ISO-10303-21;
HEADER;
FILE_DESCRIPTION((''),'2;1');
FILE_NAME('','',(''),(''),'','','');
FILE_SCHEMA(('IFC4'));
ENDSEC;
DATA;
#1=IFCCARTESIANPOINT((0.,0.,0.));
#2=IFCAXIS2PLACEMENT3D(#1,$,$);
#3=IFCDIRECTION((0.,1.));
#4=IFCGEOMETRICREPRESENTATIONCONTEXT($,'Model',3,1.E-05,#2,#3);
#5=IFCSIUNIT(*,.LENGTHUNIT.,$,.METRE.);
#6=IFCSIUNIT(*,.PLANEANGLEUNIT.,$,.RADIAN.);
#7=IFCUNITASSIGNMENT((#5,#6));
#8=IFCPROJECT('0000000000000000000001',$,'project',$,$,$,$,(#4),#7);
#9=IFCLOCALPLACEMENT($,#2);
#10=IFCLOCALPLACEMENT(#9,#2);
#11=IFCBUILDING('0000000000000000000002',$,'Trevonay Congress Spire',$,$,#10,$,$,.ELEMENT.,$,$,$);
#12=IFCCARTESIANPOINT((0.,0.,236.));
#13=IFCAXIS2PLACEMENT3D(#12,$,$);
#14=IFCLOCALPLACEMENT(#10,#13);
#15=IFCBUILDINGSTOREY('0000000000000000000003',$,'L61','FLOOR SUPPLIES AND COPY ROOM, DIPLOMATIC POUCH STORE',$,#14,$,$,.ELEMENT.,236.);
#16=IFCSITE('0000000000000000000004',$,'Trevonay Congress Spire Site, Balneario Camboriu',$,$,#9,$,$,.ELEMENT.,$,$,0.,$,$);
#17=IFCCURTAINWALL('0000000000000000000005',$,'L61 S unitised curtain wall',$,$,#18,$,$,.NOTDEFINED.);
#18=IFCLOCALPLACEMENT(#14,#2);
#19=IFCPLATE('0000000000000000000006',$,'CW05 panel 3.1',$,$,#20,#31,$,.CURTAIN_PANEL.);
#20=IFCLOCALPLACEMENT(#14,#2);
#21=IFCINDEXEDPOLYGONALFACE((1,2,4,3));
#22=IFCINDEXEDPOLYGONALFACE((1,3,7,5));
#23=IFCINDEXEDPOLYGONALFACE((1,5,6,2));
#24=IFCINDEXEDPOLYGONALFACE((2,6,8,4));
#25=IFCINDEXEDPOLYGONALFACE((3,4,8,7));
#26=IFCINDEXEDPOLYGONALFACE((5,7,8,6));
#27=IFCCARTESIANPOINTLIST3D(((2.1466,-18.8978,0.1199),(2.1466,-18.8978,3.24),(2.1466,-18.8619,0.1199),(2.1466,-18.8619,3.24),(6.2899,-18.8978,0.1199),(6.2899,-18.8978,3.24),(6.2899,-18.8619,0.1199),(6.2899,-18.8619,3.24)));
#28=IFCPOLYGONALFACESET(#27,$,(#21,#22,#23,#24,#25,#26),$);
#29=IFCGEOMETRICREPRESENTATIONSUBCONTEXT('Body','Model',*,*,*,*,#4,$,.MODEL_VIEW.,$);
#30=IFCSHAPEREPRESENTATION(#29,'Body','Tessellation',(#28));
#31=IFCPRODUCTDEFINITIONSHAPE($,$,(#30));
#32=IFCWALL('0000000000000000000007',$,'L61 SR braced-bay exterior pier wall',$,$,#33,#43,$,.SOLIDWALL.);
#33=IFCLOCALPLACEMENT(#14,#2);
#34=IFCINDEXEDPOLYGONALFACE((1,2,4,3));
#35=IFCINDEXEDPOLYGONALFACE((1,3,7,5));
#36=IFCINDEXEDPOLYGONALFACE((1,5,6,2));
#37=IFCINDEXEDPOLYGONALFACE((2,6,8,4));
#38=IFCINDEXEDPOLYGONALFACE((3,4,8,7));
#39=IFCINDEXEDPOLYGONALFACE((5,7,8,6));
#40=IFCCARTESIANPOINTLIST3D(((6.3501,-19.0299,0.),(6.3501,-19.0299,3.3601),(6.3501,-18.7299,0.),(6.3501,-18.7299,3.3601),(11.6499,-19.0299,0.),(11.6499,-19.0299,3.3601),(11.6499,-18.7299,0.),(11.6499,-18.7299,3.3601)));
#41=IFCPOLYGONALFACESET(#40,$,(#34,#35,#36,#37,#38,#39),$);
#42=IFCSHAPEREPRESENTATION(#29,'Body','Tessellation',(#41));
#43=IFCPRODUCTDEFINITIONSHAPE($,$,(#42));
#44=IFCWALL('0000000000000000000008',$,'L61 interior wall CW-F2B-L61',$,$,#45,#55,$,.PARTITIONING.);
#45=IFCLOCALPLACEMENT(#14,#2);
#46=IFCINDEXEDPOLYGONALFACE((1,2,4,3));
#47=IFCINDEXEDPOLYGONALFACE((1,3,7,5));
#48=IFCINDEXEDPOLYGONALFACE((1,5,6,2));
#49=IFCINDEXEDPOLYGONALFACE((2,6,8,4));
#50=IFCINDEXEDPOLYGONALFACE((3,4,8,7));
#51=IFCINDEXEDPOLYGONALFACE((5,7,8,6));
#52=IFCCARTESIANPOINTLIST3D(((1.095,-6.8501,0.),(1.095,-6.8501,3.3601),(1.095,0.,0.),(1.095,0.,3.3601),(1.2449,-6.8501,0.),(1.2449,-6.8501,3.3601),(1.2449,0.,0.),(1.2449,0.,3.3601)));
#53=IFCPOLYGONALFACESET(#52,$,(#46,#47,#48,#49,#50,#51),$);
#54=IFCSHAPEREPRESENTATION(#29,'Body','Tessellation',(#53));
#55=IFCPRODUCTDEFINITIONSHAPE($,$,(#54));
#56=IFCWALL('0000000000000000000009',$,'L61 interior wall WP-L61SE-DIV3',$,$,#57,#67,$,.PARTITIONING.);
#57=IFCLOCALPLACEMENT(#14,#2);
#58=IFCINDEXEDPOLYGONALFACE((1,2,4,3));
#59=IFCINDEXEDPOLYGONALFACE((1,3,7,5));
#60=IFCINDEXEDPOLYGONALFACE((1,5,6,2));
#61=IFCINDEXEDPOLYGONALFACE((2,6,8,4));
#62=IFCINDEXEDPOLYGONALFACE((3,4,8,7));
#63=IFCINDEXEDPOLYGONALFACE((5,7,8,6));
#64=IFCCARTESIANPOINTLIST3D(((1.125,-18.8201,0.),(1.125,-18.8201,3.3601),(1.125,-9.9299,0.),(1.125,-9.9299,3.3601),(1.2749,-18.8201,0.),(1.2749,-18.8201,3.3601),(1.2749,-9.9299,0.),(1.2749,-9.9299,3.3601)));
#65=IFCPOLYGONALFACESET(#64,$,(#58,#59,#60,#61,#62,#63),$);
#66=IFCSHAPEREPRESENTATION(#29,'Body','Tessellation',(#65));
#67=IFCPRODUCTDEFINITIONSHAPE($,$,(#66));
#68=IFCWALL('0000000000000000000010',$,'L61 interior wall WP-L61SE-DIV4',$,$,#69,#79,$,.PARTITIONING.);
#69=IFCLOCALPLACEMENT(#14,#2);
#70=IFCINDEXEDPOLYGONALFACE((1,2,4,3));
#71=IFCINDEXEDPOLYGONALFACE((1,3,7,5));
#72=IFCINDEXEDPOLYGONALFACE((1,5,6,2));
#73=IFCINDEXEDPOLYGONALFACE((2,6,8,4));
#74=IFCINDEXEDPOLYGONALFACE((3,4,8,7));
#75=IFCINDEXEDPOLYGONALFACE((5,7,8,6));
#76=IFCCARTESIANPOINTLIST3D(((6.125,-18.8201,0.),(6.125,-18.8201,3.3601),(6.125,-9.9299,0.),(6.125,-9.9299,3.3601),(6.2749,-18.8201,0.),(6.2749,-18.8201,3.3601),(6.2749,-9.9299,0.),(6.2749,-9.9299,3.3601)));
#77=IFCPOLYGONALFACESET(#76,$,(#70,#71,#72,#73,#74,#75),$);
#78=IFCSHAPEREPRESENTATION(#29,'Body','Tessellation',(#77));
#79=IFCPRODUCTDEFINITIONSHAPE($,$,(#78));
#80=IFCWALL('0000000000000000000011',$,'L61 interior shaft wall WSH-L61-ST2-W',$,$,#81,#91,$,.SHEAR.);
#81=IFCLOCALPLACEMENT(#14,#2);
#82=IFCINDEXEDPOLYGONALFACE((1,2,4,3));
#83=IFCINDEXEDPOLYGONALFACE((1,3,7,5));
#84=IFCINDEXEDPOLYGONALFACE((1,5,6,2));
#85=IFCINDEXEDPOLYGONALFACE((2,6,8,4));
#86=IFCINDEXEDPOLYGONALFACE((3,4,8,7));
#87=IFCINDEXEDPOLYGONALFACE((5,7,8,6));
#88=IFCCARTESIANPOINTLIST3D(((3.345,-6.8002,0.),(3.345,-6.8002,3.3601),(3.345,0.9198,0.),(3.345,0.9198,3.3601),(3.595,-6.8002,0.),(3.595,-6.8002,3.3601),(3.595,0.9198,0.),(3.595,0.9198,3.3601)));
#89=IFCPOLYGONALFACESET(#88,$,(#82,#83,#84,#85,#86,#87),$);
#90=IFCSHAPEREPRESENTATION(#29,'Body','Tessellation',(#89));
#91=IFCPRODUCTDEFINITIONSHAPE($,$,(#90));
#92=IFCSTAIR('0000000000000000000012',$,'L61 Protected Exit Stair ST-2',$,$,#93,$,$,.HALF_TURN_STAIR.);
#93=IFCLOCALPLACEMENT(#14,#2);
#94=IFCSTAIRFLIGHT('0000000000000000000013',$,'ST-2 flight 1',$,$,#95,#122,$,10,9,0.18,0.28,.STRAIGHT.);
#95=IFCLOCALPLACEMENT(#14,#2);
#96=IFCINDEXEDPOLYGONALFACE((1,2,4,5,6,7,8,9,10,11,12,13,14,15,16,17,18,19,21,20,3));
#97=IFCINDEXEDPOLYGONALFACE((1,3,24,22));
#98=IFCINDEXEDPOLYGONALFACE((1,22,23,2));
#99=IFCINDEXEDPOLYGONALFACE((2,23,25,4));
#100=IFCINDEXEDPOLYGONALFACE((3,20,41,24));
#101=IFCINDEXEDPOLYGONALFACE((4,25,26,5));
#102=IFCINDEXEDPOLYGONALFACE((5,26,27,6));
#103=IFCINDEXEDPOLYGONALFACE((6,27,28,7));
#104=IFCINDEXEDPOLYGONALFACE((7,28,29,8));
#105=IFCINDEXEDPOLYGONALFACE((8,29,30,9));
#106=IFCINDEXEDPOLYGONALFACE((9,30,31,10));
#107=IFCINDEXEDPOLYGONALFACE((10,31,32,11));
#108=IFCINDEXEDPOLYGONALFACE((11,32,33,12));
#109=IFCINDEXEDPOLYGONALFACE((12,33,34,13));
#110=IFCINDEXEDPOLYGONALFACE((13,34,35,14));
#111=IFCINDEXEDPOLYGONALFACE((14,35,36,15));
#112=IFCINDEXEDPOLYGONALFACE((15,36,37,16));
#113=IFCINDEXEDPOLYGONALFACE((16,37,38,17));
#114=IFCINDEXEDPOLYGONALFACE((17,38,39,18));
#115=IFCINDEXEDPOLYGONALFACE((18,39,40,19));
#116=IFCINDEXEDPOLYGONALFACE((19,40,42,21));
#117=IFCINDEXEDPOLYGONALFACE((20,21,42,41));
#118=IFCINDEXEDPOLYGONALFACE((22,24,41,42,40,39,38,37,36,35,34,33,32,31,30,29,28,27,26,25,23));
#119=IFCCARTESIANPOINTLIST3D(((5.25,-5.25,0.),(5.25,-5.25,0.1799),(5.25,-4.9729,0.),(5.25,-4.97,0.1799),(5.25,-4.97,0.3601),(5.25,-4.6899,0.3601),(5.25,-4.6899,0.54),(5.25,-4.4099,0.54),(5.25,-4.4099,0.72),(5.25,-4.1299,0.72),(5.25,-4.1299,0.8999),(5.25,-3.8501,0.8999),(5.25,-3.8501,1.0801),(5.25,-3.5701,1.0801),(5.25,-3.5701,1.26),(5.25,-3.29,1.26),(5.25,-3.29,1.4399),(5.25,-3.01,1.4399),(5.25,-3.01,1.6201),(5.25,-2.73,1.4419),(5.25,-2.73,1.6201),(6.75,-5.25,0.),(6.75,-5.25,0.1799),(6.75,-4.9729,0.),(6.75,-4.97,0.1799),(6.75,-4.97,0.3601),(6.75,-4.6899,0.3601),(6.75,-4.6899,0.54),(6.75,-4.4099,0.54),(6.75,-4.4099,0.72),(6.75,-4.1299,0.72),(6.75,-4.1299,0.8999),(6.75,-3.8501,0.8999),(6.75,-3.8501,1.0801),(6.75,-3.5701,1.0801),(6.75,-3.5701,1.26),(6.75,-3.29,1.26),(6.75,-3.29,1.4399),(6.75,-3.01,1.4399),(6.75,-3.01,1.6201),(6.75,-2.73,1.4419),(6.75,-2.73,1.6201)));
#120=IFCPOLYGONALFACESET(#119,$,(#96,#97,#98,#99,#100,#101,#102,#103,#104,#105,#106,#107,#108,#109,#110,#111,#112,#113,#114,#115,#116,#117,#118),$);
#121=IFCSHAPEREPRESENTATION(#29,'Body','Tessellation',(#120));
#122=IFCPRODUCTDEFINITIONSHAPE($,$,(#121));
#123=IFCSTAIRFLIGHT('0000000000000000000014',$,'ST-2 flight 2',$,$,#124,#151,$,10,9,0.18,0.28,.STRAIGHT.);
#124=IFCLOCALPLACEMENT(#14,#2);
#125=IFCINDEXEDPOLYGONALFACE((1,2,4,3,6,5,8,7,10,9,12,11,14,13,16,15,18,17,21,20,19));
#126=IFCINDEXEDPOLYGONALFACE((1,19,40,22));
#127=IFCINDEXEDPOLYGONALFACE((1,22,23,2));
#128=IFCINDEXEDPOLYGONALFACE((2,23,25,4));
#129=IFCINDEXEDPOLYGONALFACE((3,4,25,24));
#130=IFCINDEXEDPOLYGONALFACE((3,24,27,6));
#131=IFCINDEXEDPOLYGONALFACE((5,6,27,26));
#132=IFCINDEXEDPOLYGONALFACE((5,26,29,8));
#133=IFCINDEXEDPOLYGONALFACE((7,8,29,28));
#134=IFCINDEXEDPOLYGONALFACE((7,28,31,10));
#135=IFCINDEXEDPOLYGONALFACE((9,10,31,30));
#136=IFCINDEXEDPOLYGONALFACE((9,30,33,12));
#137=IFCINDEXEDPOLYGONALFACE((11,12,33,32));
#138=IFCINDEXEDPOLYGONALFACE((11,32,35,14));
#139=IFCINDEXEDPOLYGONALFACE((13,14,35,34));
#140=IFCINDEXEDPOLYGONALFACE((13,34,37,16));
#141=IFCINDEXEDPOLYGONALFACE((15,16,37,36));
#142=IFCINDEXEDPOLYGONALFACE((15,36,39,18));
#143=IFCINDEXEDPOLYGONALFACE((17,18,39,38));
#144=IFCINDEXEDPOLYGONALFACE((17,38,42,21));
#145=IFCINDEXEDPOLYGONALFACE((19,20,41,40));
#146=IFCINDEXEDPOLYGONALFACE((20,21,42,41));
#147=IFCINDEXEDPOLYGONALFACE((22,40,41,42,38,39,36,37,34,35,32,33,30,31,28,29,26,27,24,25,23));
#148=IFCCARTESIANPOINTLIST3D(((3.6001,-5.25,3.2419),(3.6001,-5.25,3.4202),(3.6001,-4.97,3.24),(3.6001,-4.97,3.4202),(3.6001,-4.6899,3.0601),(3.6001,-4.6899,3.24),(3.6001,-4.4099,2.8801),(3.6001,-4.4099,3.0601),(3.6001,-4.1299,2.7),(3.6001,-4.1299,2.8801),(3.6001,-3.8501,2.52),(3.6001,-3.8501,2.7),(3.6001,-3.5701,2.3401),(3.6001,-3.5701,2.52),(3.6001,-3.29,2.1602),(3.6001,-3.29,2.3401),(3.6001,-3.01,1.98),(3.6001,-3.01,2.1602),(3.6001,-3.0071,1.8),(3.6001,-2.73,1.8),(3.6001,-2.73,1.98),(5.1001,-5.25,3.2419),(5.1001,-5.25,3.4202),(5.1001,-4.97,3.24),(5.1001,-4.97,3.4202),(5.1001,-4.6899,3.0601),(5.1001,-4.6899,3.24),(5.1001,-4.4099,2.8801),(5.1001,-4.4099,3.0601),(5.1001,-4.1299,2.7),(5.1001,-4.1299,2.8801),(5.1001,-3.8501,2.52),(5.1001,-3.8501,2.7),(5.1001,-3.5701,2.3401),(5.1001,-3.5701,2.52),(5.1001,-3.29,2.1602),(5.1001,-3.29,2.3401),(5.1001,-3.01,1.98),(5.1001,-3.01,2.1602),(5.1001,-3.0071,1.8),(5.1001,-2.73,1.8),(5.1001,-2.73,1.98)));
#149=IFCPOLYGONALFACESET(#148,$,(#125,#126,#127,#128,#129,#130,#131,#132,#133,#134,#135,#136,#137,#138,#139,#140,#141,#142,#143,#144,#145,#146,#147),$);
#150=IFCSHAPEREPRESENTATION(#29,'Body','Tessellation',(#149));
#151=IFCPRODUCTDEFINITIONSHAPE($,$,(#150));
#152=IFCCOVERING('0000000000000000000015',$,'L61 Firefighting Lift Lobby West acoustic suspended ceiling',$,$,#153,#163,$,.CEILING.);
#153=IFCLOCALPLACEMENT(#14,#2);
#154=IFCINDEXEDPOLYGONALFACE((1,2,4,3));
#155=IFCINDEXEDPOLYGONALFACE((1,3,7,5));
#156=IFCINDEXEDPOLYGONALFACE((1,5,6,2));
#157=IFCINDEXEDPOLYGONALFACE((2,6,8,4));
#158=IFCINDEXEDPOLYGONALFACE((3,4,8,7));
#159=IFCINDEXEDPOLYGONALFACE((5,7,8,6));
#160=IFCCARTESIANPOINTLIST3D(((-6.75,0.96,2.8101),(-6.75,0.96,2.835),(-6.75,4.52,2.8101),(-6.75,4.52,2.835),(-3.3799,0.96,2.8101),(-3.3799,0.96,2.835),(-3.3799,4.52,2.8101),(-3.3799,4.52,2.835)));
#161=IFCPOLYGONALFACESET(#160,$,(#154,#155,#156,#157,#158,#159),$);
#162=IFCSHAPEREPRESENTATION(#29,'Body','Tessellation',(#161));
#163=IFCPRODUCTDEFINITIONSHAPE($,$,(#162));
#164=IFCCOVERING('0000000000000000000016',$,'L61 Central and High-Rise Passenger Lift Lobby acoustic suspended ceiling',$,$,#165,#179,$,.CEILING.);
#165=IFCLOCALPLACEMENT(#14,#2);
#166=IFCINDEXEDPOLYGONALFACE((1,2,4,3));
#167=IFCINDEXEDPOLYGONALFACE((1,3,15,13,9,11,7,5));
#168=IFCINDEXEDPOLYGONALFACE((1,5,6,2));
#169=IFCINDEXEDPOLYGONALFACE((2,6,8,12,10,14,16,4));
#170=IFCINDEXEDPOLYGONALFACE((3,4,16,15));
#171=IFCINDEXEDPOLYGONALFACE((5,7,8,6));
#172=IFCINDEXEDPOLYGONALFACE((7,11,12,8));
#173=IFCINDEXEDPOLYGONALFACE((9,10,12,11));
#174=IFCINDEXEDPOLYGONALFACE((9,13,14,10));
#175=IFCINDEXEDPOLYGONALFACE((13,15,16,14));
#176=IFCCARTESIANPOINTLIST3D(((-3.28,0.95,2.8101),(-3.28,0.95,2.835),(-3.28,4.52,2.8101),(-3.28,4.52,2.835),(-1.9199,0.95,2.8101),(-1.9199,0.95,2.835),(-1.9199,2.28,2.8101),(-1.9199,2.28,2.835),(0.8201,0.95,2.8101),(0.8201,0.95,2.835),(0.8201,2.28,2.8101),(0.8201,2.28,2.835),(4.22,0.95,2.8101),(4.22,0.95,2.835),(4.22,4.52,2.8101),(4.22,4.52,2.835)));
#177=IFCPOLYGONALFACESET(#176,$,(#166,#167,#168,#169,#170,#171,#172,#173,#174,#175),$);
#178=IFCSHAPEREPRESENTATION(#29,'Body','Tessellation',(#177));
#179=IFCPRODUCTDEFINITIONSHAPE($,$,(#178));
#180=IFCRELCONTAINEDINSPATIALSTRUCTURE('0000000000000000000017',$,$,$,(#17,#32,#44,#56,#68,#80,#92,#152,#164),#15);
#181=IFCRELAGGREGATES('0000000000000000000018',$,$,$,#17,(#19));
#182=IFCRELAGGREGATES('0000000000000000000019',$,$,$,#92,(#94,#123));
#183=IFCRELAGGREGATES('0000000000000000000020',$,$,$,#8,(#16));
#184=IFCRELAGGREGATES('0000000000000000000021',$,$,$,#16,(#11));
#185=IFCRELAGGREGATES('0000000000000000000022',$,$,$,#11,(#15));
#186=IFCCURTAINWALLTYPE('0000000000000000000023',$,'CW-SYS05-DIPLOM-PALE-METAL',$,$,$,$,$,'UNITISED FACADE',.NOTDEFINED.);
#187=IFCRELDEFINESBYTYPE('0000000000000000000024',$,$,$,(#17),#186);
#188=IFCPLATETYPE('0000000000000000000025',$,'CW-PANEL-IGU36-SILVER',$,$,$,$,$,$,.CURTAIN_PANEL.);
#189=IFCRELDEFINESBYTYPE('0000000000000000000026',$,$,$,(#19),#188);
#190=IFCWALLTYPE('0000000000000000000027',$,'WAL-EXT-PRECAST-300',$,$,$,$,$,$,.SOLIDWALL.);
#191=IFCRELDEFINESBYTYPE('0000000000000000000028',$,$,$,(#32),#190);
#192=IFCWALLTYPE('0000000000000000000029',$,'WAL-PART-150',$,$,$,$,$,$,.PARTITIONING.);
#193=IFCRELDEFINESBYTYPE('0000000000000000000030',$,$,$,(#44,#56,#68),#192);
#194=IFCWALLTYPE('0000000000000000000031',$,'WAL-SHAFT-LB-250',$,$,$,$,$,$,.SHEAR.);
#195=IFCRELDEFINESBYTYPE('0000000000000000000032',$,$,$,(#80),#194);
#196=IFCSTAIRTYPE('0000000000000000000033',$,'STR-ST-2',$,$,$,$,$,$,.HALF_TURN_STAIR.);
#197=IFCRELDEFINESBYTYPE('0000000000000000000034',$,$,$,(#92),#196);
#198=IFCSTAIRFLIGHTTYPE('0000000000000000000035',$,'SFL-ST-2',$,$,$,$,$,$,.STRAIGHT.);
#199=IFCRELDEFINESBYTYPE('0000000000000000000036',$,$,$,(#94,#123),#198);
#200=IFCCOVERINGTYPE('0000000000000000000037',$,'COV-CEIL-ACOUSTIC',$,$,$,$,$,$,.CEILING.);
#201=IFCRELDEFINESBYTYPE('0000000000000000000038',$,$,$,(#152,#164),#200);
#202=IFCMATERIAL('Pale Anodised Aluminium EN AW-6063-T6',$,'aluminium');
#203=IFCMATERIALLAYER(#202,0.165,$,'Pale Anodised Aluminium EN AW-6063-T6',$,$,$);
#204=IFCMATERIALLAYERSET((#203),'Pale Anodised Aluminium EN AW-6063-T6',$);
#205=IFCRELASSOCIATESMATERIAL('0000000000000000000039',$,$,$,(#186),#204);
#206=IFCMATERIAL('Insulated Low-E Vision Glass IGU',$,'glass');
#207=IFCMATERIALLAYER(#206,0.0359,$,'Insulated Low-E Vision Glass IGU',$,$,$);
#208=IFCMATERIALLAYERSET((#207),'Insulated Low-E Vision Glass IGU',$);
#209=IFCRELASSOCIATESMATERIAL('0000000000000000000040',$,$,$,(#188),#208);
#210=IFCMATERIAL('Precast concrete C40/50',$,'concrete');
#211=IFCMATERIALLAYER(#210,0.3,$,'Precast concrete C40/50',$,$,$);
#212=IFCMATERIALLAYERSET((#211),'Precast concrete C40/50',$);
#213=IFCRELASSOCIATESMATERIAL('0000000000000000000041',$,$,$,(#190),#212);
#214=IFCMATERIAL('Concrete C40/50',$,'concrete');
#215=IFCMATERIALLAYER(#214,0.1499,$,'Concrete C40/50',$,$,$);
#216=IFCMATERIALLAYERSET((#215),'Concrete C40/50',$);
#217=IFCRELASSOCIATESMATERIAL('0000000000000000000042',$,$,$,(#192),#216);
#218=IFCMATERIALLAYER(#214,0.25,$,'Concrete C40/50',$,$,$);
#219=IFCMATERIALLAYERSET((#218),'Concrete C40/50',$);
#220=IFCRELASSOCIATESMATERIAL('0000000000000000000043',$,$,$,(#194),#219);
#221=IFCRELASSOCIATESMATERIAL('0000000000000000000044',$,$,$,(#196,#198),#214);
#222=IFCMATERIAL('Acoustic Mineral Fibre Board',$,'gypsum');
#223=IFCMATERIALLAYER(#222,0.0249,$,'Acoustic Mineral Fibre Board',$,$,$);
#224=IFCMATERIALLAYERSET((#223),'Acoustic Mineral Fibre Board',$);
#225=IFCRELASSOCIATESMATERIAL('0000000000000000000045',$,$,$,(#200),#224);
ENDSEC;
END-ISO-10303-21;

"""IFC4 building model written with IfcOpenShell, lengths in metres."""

from ifc_helpers import new_model, si_unit, direction, frame, frame_2d, origin, origin_2d, place, context, subcontext, project, spatial, polyline, rectangle, outline, extrude, material, layer, layer_set, type_object, element, aggregate, save


model = new_model("IFC4")

# Units and contexts
model_context = context("Model", 3, precision=1e-05, world=origin(), true_north=direction((0.0, 1.0)))
body_context = subcontext(model_context, "Body", "Model", "MODEL_VIEW")
ifc_project = project(units=[si_unit("LENGTHUNIT", "METRE"), si_unit("PLANEANGLEUNIT", "RADIAN")], contexts=[model_context])

# Site, building, storey
site_placement = place(None, origin())
site = spatial("IfcSite", under=ifc_project, at=site_placement, Name="Trevonay Congress Spire Site, Balneario Camboriu", CompositionType="ELEMENT", RefElevation=0.0)
building_placement = place(site_placement, origin())
building = spatial("IfcBuilding", under=site, at=building_placement, Name="Trevonay Congress Spire", CompositionType="ELEMENT")
storey_placement = place(building_placement, frame((0.0, 0.0, 236.0)))
storey = spatial("IfcBuildingStorey", under=building, at=storey_placement, Name="L61", Description="FLOOR SUPPLIES AND COPY ROOM, DIPLOMATIC POUCH STORE", CompositionType="ELEMENT", Elevation=236.0)

# Curtain wall
ifc_material_1 = material(Name="Pale Anodised Aluminium EN AW-6063-T6", Category="aluminium")
ifc_layer_1 = layer(ifc_material_1, 0.165, Name="Pale Anodised Aluminium EN AW-6063-T6")
ifc_layer_set_1 = layer_set([ifc_layer_1], Name="Pale Anodised Aluminium EN AW-6063-T6")
curtain_wall_type = type_object("IfcCurtainWallType", Name="CW-SYS05-DIPLOM-PALE-METAL", ElementType="UNITISED FACADE", PredefinedType="NOTDEFINED", material=ifc_layer_set_1)
curtain_wall_placement = place(storey_placement, origin())
curtain_wall = element("IfcCurtainWall", 1, at=curtain_wall_placement, inside=storey, type_object=curtain_wall_type, Name="L61 S unitised curtain wall", PredefinedType="NOTDEFINED")

# Plate
ifc_material_2 = material(Name="Insulated Low-E Vision Glass IGU", Category="glass")
ifc_layer_2 = layer(ifc_material_2, 0.0359, Name="Insulated Low-E Vision Glass IGU")
ifc_layer_set_2 = layer_set([ifc_layer_2], Name="Insulated Low-E Vision Glass IGU")
plate_type = type_object("IfcPlateType", Name="CW-PANEL-IGU36-SILVER", PredefinedType="CURTAIN_PANEL", material=ifc_layer_set_2)
plate_placement = place(storey_placement, frame((4.2183, -18.8799, 0.1199), z_axis=(0.0, 0.0, 1.0), x_axis=(1.0, 0.0, 0.0)))
plate = element("IfcPlate", 2, at=plate_placement, type_object=plate_type, Name="CW05 panel 3.1", PredefinedType="CURTAIN_PANEL", context=body_context, shape_type="SweptSolid", body=[
    extrude(rectangle(XDim=4.1433, YDim=0.0359, at=origin_2d()), origin(), (0.0, 0.0, 1.0), 3.1201),
])
aggregate(curtain_wall, [plate])

# Walls
ifc_material_3 = material(Name="Precast concrete C40/50", Category="concrete")
ifc_layer_3 = layer(ifc_material_3, 0.3, Name="Precast concrete C40/50")
ifc_layer_set_3 = layer_set([ifc_layer_3], Name="Precast concrete C40/50")
wall_type_1 = type_object("IfcWallType", Name="WAL-EXT-PRECAST-300", PredefinedType="SOLIDWALL", material=ifc_layer_set_3)
wall_1_placement = place(storey_placement, frame((6.3501, -18.8799, 0.0), z_axis=(0.0, 0.0, 1.0), x_axis=(1.0, 0.0, 0.0)))
element("IfcWall", 3, at=wall_1_placement, inside=storey, type_object=wall_type_1, Name="L61 SR braced-bay exterior pier wall", PredefinedType="SOLIDWALL", context=body_context, shape_type="SweptSolid", body=[
    extrude(rectangle(XDim=5.2998, YDim=0.3, at=frame_2d((2.6499, 0.0))), origin(), (0.0, 0.0, 1.0), 3.3601),
])
ifc_material_4 = material(Name="Concrete C40/50", Category="concrete")
ifc_layer_4 = layer(ifc_material_4, 0.1499, Name="Concrete C40/50")
ifc_layer_set_4 = layer_set([ifc_layer_4], Name="Concrete C40/50")
wall_type_2 = type_object("IfcWallType", Name="WAL-PART-150", PredefinedType="PARTITIONING", material=ifc_layer_set_4)
wall_2_placement = place(storey_placement, frame((1.1699, -6.8501, 0.0), z_axis=(0.0, 0.0, 1.0), x_axis=(0.0, 1.0, 0.0)))
element("IfcWall", 4, at=wall_2_placement, inside=storey, type_object=wall_type_2, Name="L61 interior wall CW-F2B-L61", PredefinedType="PARTITIONING", context=body_context, shape_type="SweptSolid", body=[
    extrude(rectangle(XDim=6.8501, YDim=0.1499, at=frame_2d((3.425, 0.0))), origin(), (0.0, 0.0, 1.0), 3.3601),
])
for number, where, z_axis, x_axis, name in (
    (5, (1.2, -18.8201, 0.0), (0.0, 0.0, 1.0), (0.0, 1.0, 0.0), "L61 interior wall WP-L61SE-DIV3"),
    (6, (6.2, -18.8201, 0.0), (0.0, 0.0, 1.0), (0.0, 1.0, 0.0), "L61 interior wall WP-L61SE-DIV4"),
):
    element("IfcWall", number, at=place(storey_placement, frame(where, z_axis=z_axis, x_axis=x_axis)), inside=storey, type_object=wall_type_2, Name=name, PredefinedType="PARTITIONING", context=body_context, shape_type="SweptSolid", body=[
        extrude(rectangle(XDim=8.8901, YDim=0.1499, at=frame_2d((4.4451, 0.0))), origin(), (0.0, 0.0, 1.0), 3.3601),
    ])
ifc_layer_5 = layer(ifc_material_4, 0.25, Name="Concrete C40/50")
ifc_layer_set_5 = layer_set([ifc_layer_5], Name="Concrete C40/50")
wall_type_3 = type_object("IfcWallType", Name="WAL-SHAFT-LB-250", PredefinedType="SHEAR", material=ifc_layer_set_5)
wall_3_placement = place(storey_placement, frame((3.47, -6.8, 0.0), z_axis=(0.0, 0.0, 1.0), x_axis=(0.0, 1.0, 0.0)))
element("IfcWall", 7, at=wall_3_placement, inside=storey, type_object=wall_type_3, Name="L61 interior shaft wall WSH-L61-ST2-W", PredefinedType="SHEAR", context=body_context, shape_type="SweptSolid", body=[
    extrude(rectangle(XDim=7.72, YDim=0.25, at=frame_2d((3.8599, 0.0))), origin(), (0.0, 0.0, 1.0), 3.3601),
])

# Stair, stair flights
stair_type = type_object("IfcStairType", Name="STR-ST-2", PredefinedType="HALF_TURN_STAIR", material=ifc_material_4)
stair_placement = place(storey_placement, origin())
stair = element("IfcStair", 8, at=stair_placement, inside=storey, type_object=stair_type, Name="L61 Protected Exit Stair ST-2", PredefinedType="HALF_TURN_STAIR")
stair_flight_type = type_object("IfcStairFlightType", Name="SFL-ST-2", PredefinedType="STRAIGHT", material=ifc_material_4)
stair_flight_1_placement = place(storey_placement, frame((6.0, -5.25, 0.0), z_axis=(0.0, 0.0, 1.0), x_axis=(0.0, 1.0, 0.0)))
stair_flight_1 = element("IfcStairFlight", 9, at=stair_flight_1_placement, type_object=stair_flight_type, Name="ST-2 flight 1", NumberOfRisers=10, NumberOfTreads=9, PredefinedType="STRAIGHT", RiserHeight=0.18, TreadLength=0.28, context=body_context, shape_type="SweptSolid", body=[
    extrude(outline(polyline([(0.0, 0.0), (0.0, 0.1799), (0.28, 0.1799), (0.28, 0.3601), (0.5601, 0.3601), (0.5601, 0.54), (0.8401, 0.54), (0.8401, 0.72), (1.1201, 0.72), (1.1201, 0.8999), (1.3999, 0.8999), (1.3999, 1.0801), (1.6799, 1.0801), (1.6799, 1.26), (1.96, 1.26), (1.96, 1.4399), (2.24, 1.4399), (2.24, 1.6201), (2.52, 1.6201), (2.52, 1.8), (2.52, 1.4419), (0.2771, 0.0), (0.0, 0.0)])), frame((0.0, 0.75, 0.0), z_axis=(0.0, -1.0, 0.0), x_axis=(1.0, 0.0, 0.0)), (0.0, 0.0, 1.0), 1.5),
])
stair_flight_2_placement = place(storey_placement, frame((4.3501, -2.73, 1.8), z_axis=(0.0, 0.0, 1.0), x_axis=(0.0, -1.0, 0.0)))
stair_flight_2 = element("IfcStairFlight", 10, at=stair_flight_2_placement, type_object=stair_flight_type, Name="ST-2 flight 2", NumberOfRisers=10, NumberOfTreads=9, PredefinedType="STRAIGHT", RiserHeight=0.18, TreadLength=0.28, context=body_context, shape_type="SweptSolid", body=[
    extrude(outline(polyline([(0.0, 0.0), (0.0, 0.1799), (0.28, 0.1799), (0.28, 0.3601), (0.5601, 0.3601), (0.5601, 0.54), (0.8401, 0.54), (0.8401, 0.72), (1.1201, 0.72), (1.1201, 0.8999), (1.3999, 0.8999), (1.3999, 1.0801), (1.6799, 1.0801), (1.6799, 1.26), (1.96, 1.26), (1.96, 1.4399), (2.24, 1.4399), (2.24, 1.6201), (2.52, 1.6201), (2.52, 1.8), (2.52, 1.4419), (0.2771, 0.0), (0.0, 0.0)])), frame((0.0, 0.75, 0.0), z_axis=(0.0, -1.0, 0.0), x_axis=(1.0, 0.0, 0.0)), (0.0, 0.0, 1.0), 1.5),
])
aggregate(stair, [stair_flight_1, stair_flight_2])

# Coverings
ifc_material_5 = material(Name="Acoustic Mineral Fibre Board", Category="gypsum")
ifc_layer_6 = layer(ifc_material_5, 0.0249, Name="Acoustic Mineral Fibre Board")
ifc_layer_set_6 = layer_set([ifc_layer_6], Name="Acoustic Mineral Fibre Board")
covering_type_1 = type_object("IfcCoveringType", Name="COV-CEIL-ACOUSTIC", PredefinedType="CEILING", material=ifc_layer_set_6)
covering_1_placement = place(storey_placement, frame((0.0, 0.0, 2.8101)))
element("IfcCovering", 11, at=covering_1_placement, inside=storey, type_object=covering_type_1, Name="L61 Firefighting Lift Lobby West acoustic suspended ceiling", PredefinedType="CEILING", context=body_context, shape_type="SweptSolid", body=[
    extrude(outline(polyline([(-6.75, 0.96), (-3.3799, 0.96), (-3.3799, 4.52), (-6.75, 4.52), (-6.75, 0.96)])), origin(), (0.0, 0.0, 1.0), 0.0249),
])
covering_2_placement = place(storey_placement, frame((0.0, 0.0, 2.8101)))
element("IfcCovering", 12, at=covering_2_placement, inside=storey, type_object=covering_type_1, Name="L61 Central and High-Rise Passenger Lift Lobby acoustic suspended ceiling", PredefinedType="CEILING", context=body_context, shape_type="SweptSolid", body=[
    extrude(outline(polyline([(-3.28, 0.95), (-1.9199, 0.95), (-1.9199, 2.28), (0.8201, 2.28), (0.8201, 0.95), (4.22, 0.95), (4.22, 4.52), (-3.28, 4.52), (-3.28, 0.95)])), origin(), (0.0, 0.0, 1.0), 0.0249),
])

save(model, "model.ifc")
